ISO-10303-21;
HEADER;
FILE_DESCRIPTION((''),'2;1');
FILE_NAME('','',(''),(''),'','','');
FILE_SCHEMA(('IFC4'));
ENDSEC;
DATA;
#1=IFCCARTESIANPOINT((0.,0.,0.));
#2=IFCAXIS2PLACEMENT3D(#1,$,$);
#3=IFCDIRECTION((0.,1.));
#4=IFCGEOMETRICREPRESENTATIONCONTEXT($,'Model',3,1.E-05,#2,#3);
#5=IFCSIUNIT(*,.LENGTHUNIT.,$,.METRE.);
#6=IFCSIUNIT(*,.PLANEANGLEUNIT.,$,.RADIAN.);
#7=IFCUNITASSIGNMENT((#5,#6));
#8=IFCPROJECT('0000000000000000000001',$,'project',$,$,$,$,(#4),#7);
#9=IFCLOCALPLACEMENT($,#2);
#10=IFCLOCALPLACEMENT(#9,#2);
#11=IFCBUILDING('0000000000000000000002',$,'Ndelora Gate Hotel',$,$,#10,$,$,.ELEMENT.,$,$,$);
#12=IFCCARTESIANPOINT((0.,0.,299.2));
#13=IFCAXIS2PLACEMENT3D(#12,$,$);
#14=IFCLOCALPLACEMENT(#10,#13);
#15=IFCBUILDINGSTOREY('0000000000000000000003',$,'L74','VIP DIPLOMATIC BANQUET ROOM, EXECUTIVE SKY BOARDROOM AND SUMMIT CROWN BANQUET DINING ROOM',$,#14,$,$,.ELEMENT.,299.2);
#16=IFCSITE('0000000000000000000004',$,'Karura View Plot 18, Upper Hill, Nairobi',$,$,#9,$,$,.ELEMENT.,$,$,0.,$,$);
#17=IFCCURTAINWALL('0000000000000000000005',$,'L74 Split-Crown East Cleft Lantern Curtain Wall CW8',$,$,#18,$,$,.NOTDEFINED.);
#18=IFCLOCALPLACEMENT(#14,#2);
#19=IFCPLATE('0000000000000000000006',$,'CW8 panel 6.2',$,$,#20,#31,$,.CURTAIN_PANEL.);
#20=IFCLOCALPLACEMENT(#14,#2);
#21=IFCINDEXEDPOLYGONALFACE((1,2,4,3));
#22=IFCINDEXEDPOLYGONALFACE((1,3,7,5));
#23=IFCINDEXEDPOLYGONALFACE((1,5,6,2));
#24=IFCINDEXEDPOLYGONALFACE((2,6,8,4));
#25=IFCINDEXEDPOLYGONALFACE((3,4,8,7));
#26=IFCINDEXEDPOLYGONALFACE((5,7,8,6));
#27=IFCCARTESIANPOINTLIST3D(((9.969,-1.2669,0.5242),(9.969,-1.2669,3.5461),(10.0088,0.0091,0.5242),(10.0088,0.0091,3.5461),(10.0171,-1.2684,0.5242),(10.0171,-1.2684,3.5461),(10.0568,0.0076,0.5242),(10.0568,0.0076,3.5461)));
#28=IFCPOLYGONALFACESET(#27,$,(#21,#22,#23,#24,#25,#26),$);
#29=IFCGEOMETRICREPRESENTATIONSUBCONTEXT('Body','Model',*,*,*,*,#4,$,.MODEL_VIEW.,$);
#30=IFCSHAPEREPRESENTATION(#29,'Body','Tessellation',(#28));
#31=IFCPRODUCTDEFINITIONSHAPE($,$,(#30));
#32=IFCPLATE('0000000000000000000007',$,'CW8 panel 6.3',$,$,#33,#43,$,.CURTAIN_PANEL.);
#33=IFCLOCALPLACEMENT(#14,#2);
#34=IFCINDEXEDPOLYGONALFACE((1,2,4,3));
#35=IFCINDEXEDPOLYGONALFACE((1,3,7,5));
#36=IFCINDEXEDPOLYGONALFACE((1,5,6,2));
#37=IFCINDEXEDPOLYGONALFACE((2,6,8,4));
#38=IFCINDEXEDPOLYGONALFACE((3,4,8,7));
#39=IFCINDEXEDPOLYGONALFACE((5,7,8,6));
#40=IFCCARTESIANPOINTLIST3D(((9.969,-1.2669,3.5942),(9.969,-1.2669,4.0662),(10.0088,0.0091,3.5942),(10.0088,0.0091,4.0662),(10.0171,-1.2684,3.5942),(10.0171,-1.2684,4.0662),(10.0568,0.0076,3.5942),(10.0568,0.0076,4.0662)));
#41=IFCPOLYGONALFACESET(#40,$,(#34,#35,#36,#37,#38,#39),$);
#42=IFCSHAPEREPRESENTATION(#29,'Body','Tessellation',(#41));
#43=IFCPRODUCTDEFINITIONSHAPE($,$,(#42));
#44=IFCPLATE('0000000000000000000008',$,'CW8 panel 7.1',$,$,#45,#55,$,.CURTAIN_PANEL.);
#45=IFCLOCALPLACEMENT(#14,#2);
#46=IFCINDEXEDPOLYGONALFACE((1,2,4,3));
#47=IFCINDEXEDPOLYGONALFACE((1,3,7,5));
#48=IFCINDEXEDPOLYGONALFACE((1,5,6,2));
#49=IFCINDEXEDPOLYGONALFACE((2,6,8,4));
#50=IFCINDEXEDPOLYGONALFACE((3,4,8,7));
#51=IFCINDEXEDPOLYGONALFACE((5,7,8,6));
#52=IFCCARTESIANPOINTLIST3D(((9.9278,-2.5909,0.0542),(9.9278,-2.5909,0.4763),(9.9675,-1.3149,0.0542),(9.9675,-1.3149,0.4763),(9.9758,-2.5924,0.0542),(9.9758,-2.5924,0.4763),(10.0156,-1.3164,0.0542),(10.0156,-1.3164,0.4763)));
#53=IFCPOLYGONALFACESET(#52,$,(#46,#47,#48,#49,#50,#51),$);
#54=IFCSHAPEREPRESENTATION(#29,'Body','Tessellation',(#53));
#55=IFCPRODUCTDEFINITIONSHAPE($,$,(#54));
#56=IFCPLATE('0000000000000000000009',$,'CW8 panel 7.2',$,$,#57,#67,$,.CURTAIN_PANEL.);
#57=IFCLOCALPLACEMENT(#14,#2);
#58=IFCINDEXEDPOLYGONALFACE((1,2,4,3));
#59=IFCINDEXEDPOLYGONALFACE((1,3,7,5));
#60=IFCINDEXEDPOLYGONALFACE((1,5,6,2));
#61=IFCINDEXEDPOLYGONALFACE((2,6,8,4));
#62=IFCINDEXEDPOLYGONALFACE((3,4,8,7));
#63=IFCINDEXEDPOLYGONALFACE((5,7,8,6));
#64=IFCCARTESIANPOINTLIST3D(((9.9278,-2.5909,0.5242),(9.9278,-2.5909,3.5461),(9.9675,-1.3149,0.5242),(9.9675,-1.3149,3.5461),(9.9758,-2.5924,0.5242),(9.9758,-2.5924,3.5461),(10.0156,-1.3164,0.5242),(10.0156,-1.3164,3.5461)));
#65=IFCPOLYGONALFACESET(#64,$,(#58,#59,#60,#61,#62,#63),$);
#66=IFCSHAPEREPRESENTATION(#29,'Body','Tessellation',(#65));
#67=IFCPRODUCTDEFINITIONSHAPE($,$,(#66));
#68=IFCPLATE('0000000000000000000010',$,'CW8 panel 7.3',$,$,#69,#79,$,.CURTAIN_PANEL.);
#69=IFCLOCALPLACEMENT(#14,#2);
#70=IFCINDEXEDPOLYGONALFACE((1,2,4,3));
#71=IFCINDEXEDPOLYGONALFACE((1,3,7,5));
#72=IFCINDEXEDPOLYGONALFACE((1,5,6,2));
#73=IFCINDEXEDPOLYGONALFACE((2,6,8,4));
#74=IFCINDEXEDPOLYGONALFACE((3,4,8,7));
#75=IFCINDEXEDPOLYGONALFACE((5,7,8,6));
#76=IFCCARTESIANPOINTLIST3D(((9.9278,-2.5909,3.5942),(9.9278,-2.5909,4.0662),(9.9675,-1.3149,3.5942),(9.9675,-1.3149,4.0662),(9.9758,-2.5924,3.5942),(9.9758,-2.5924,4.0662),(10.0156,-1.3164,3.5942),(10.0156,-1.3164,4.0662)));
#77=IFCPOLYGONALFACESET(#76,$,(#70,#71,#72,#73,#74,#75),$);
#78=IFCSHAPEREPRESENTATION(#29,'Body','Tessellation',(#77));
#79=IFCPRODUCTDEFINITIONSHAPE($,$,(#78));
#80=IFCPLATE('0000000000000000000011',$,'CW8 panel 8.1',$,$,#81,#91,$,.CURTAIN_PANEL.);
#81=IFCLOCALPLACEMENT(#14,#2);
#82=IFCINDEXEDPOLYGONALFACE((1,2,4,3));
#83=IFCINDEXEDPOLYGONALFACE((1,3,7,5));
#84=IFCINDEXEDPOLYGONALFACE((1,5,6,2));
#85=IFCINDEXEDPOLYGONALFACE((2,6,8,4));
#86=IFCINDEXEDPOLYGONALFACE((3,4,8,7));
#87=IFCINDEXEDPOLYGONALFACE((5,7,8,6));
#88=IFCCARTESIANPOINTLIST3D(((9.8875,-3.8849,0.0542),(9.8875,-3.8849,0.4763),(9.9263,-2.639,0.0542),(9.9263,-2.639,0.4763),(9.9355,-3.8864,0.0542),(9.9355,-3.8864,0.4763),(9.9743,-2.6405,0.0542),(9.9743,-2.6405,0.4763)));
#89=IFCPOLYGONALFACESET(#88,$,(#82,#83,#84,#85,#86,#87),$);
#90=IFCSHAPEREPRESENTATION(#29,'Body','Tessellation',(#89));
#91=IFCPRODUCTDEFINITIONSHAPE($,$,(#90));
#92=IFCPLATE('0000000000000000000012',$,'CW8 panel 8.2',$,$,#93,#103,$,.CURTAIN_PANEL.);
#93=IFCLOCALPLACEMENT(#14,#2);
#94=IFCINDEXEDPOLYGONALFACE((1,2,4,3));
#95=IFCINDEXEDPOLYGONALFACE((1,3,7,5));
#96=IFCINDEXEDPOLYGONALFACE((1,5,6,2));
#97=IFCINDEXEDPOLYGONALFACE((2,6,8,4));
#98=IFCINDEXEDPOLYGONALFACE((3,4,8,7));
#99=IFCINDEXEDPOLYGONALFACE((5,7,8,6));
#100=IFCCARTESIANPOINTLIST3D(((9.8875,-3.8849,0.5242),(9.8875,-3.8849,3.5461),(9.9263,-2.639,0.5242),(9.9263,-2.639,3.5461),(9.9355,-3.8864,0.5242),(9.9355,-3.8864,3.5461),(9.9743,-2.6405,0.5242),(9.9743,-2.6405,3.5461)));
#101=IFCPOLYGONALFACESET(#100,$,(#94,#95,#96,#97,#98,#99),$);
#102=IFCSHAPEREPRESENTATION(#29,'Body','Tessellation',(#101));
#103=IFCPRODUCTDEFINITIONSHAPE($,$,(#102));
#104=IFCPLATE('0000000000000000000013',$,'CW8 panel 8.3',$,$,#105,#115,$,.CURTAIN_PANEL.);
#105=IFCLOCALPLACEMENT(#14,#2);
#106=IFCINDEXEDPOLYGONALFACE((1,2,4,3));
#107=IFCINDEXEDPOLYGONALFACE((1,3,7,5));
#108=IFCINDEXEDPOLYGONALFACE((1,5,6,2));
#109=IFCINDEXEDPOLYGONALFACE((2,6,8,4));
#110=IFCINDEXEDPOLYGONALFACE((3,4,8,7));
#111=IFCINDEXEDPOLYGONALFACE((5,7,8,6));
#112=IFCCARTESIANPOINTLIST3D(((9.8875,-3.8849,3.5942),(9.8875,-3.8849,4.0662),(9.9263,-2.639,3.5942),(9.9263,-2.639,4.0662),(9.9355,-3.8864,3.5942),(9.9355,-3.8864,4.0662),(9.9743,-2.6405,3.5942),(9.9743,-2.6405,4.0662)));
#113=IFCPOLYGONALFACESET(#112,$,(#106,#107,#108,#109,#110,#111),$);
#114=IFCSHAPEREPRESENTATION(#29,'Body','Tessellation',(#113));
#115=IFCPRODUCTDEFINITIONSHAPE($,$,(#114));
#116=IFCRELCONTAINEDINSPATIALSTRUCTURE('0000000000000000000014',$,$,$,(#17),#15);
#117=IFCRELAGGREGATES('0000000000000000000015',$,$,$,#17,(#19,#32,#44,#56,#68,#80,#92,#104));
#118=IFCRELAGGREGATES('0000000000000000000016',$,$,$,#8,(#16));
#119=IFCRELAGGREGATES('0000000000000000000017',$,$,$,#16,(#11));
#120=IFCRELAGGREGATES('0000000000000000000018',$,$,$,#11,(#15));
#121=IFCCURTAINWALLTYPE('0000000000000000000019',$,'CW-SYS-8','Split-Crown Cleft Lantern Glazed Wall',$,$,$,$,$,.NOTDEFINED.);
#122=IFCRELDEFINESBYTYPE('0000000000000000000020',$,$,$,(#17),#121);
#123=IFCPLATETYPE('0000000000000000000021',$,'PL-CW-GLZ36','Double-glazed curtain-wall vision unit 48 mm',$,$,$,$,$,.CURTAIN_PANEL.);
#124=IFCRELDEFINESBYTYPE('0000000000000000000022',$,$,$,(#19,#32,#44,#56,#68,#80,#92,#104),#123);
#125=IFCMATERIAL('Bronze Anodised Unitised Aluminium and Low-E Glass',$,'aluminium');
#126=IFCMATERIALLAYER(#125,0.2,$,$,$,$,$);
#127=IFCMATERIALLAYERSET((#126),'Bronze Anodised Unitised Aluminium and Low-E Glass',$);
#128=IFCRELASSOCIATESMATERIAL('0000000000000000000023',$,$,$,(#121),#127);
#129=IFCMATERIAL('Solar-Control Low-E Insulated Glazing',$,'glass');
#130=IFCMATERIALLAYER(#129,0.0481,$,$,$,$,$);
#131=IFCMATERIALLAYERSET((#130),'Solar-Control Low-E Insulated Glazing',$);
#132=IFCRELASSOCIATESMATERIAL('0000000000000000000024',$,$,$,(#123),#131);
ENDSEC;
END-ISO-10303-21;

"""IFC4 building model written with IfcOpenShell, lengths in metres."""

from ifc_helpers import new_model, si_unit, direction, frame, origin, origin_2d, place, context, subcontext, project, spatial, rectangle, extrude, material, layer, layer_set, type_object, element, aggregate, save


model = new_model("IFC4")

# Units and contexts
model_context = context("Model", 3, precision=1e-05, world=origin(), true_north=direction((0.0, 1.0)))
body_context = subcontext(model_context, "Body", "Model", "MODEL_VIEW")
ifc_project = project(units=[si_unit("LENGTHUNIT", "METRE"), si_unit("PLANEANGLEUNIT", "RADIAN")], contexts=[model_context])

# Site, building, storey
site_placement = place(None, origin())
site = spatial("IfcSite", under=ifc_project, at=site_placement, Name="Karura View Plot 18, Upper Hill, Nairobi", CompositionType="ELEMENT", RefElevation=0.0)
building_placement = place(site_placement, origin())
building = spatial("IfcBuilding", under=site, at=building_placement, Name="Ndelora Gate Hotel", CompositionType="ELEMENT")
storey_placement = place(building_placement, frame((0.0, 0.0, 299.2)))
storey = spatial("IfcBuildingStorey", under=building, at=storey_placement, Name="L74", Description="VIP DIPLOMATIC BANQUET ROOM, EXECUTIVE SKY BOARDROOM AND SUMMIT CROWN BANQUET DINING ROOM", CompositionType="ELEMENT", Elevation=299.2)

# Shared definitions
ifc_material_1 = material(Name="Bronze Anodised Unitised Aluminium and Low-E Glass", Category="aluminium")
ifc_layer_1 = layer(ifc_material_1, 0.2)
ifc_layer_set_1 = layer_set([ifc_layer_1], Name="Bronze Anodised Unitised Aluminium and Low-E Glass")
curtain_wall_type = type_object("IfcCurtainWallType", Name="CW-SYS-8", Description="Split-Crown Cleft Lantern Glazed Wall", PredefinedType="NOTDEFINED", material=ifc_layer_set_1)

# Curtain wall
curtain_wall_1_placement = place(storey_placement, origin())
curtain_wall_1 = element("IfcCurtainWall", 1, at=curtain_wall_1_placement, inside=storey, type_object=curtain_wall_type, Name="L74 Split-Crown East Cleft Lantern Curtain Wall CW8", PredefinedType="NOTDEFINED")

# Plates
ifc_material_2 = material(Name="Solar-Control Low-E Insulated Glazing", Category="glass")
ifc_layer_2 = layer(ifc_material_2, 0.0481)
ifc_layer_set_2 = layer_set([ifc_layer_2], Name="Solar-Control Low-E Insulated Glazing")
plate_type = type_object("IfcPlateType", Name="PL-CW-GLZ36", Description="Double-glazed curtain-wall vision unit 48 mm", PredefinedType="CURTAIN_PANEL", material=ifc_layer_set_2)
plate_1_placement = place(storey_placement, frame((10.0129, -0.6296, 0.5242), z_axis=(0.0, 0.0, 1.0), x_axis=(-0.031131, -0.999515, 0.0)))
plate_1 = element("IfcPlate", 2, at=plate_1_placement, type_object=plate_type, Name="CW8 panel 6.2", PredefinedType="CURTAIN_PANEL", context=body_context, shape_type="SweptSolid", body=[
    extrude(rectangle(XDim=1.2766, YDim=0.0481, at=origin_2d()), origin(), (0.0, 0.0, 1.0), 3.022),
])
plate_2_placement = place(storey_placement, frame((10.0129, -0.6296, 3.5942), z_axis=(0.0, 0.0, 1.0), x_axis=(-0.031131, -0.999515, 0.0)))
plate_2 = element("IfcPlate", 3, at=plate_2_placement, type_object=plate_type, Name="CW8 panel 6.3", PredefinedType="CURTAIN_PANEL", context=body_context, shape_type="SweptSolid", body=[
    extrude(rectangle(XDim=1.2766, YDim=0.0481, at=origin_2d()), origin(), (0.0, 0.0, 1.0), 0.4719),
])
plate_3_placement = place(storey_placement, frame((9.9717, -1.9536, 0.0542), z_axis=(0.0, 0.0, 1.0), x_axis=(-0.031131, -0.999515, 0.0)))
plate_3 = element("IfcPlate", 4, at=plate_3_placement, type_object=plate_type, Name="CW8 panel 7.1", PredefinedType="CURTAIN_PANEL", context=body_context, shape_type="SweptSolid", body=[
    extrude(rectangle(XDim=1.2766, YDim=0.0481, at=origin_2d()), origin(), (0.0, 0.0, 1.0), 0.4221),
])
plate_4_placement = place(storey_placement, frame((9.9717, -1.9536, 0.5242), z_axis=(0.0, 0.0, 1.0), x_axis=(-0.031131, -0.999515, 0.0)))
plate_4 = element("IfcPlate", 5, at=plate_4_placement, type_object=plate_type, Name="CW8 panel 7.2", PredefinedType="CURTAIN_PANEL", context=body_context, shape_type="SweptSolid", body=[
    extrude(rectangle(XDim=1.2766, YDim=0.0481, at=origin_2d()), origin(), (0.0, 0.0, 1.0), 3.022),
])
plate_5_placement = place(storey_placement, frame((9.9717, -1.9536, 3.5942), z_axis=(0.0, 0.0, 1.0), x_axis=(-0.031131, -0.999515, 0.0)))
plate_5 = element("IfcPlate", 6, at=plate_5_placement, type_object=plate_type, Name="CW8 panel 7.3", PredefinedType="CURTAIN_PANEL", context=body_context, shape_type="SweptSolid", body=[
    extrude(rectangle(XDim=1.2766, YDim=0.0481, at=origin_2d()), origin(), (0.0, 0.0, 1.0), 0.4719),
])
plate_6_placement = place(storey_placement, frame((9.9309, -3.2627, 0.0542), z_axis=(0.0, 0.0, 1.0), x_axis=(-0.031131, -0.999515, 0.0)))
plate_6 = element("IfcPlate", 7, at=plate_6_placement, type_object=plate_type, Name="CW8 panel 8.1", PredefinedType="CURTAIN_PANEL", context=body_context, shape_type="SweptSolid", body=[
    extrude(rectangle(XDim=1.2466, YDim=0.0481, at=origin_2d()), origin(), (0.0, 0.0, 1.0), 0.4221),
])
plate_7_placement = place(storey_placement, frame((9.9309, -3.2627, 0.5242), z_axis=(0.0, 0.0, 1.0), x_axis=(-0.031131, -0.999515, 0.0)))
plate_7 = element("IfcPlate", 8, at=plate_7_placement, type_object=plate_type, Name="CW8 panel 8.2", PredefinedType="CURTAIN_PANEL", context=body_context, shape_type="SweptSolid", body=[
    extrude(rectangle(XDim=1.2466, YDim=0.0481, at=origin_2d()), origin(), (0.0, 0.0, 1.0), 3.022),
])
plate_8_placement = place(storey_placement, frame((9.9309, -3.2627, 3.5942), z_axis=(0.0, 0.0, 1.0), x_axis=(-0.031131, -0.999515, 0.0)))
plate_8 = element("IfcPlate", 9, at=plate_8_placement, type_object=plate_type, Name="CW8 panel 8.3", PredefinedType="CURTAIN_PANEL", context=body_context, shape_type="SweptSolid", body=[
    extrude(rectangle(XDim=1.2466, YDim=0.0481, at=origin_2d()), origin(), (0.0, 0.0, 1.0), 0.4719),
])
aggregate(curtain_wall_1, [plate_1, plate_2, plate_3, plate_4, plate_5, plate_6, plate_7, plate_8])

save(model, "model.ifc")
